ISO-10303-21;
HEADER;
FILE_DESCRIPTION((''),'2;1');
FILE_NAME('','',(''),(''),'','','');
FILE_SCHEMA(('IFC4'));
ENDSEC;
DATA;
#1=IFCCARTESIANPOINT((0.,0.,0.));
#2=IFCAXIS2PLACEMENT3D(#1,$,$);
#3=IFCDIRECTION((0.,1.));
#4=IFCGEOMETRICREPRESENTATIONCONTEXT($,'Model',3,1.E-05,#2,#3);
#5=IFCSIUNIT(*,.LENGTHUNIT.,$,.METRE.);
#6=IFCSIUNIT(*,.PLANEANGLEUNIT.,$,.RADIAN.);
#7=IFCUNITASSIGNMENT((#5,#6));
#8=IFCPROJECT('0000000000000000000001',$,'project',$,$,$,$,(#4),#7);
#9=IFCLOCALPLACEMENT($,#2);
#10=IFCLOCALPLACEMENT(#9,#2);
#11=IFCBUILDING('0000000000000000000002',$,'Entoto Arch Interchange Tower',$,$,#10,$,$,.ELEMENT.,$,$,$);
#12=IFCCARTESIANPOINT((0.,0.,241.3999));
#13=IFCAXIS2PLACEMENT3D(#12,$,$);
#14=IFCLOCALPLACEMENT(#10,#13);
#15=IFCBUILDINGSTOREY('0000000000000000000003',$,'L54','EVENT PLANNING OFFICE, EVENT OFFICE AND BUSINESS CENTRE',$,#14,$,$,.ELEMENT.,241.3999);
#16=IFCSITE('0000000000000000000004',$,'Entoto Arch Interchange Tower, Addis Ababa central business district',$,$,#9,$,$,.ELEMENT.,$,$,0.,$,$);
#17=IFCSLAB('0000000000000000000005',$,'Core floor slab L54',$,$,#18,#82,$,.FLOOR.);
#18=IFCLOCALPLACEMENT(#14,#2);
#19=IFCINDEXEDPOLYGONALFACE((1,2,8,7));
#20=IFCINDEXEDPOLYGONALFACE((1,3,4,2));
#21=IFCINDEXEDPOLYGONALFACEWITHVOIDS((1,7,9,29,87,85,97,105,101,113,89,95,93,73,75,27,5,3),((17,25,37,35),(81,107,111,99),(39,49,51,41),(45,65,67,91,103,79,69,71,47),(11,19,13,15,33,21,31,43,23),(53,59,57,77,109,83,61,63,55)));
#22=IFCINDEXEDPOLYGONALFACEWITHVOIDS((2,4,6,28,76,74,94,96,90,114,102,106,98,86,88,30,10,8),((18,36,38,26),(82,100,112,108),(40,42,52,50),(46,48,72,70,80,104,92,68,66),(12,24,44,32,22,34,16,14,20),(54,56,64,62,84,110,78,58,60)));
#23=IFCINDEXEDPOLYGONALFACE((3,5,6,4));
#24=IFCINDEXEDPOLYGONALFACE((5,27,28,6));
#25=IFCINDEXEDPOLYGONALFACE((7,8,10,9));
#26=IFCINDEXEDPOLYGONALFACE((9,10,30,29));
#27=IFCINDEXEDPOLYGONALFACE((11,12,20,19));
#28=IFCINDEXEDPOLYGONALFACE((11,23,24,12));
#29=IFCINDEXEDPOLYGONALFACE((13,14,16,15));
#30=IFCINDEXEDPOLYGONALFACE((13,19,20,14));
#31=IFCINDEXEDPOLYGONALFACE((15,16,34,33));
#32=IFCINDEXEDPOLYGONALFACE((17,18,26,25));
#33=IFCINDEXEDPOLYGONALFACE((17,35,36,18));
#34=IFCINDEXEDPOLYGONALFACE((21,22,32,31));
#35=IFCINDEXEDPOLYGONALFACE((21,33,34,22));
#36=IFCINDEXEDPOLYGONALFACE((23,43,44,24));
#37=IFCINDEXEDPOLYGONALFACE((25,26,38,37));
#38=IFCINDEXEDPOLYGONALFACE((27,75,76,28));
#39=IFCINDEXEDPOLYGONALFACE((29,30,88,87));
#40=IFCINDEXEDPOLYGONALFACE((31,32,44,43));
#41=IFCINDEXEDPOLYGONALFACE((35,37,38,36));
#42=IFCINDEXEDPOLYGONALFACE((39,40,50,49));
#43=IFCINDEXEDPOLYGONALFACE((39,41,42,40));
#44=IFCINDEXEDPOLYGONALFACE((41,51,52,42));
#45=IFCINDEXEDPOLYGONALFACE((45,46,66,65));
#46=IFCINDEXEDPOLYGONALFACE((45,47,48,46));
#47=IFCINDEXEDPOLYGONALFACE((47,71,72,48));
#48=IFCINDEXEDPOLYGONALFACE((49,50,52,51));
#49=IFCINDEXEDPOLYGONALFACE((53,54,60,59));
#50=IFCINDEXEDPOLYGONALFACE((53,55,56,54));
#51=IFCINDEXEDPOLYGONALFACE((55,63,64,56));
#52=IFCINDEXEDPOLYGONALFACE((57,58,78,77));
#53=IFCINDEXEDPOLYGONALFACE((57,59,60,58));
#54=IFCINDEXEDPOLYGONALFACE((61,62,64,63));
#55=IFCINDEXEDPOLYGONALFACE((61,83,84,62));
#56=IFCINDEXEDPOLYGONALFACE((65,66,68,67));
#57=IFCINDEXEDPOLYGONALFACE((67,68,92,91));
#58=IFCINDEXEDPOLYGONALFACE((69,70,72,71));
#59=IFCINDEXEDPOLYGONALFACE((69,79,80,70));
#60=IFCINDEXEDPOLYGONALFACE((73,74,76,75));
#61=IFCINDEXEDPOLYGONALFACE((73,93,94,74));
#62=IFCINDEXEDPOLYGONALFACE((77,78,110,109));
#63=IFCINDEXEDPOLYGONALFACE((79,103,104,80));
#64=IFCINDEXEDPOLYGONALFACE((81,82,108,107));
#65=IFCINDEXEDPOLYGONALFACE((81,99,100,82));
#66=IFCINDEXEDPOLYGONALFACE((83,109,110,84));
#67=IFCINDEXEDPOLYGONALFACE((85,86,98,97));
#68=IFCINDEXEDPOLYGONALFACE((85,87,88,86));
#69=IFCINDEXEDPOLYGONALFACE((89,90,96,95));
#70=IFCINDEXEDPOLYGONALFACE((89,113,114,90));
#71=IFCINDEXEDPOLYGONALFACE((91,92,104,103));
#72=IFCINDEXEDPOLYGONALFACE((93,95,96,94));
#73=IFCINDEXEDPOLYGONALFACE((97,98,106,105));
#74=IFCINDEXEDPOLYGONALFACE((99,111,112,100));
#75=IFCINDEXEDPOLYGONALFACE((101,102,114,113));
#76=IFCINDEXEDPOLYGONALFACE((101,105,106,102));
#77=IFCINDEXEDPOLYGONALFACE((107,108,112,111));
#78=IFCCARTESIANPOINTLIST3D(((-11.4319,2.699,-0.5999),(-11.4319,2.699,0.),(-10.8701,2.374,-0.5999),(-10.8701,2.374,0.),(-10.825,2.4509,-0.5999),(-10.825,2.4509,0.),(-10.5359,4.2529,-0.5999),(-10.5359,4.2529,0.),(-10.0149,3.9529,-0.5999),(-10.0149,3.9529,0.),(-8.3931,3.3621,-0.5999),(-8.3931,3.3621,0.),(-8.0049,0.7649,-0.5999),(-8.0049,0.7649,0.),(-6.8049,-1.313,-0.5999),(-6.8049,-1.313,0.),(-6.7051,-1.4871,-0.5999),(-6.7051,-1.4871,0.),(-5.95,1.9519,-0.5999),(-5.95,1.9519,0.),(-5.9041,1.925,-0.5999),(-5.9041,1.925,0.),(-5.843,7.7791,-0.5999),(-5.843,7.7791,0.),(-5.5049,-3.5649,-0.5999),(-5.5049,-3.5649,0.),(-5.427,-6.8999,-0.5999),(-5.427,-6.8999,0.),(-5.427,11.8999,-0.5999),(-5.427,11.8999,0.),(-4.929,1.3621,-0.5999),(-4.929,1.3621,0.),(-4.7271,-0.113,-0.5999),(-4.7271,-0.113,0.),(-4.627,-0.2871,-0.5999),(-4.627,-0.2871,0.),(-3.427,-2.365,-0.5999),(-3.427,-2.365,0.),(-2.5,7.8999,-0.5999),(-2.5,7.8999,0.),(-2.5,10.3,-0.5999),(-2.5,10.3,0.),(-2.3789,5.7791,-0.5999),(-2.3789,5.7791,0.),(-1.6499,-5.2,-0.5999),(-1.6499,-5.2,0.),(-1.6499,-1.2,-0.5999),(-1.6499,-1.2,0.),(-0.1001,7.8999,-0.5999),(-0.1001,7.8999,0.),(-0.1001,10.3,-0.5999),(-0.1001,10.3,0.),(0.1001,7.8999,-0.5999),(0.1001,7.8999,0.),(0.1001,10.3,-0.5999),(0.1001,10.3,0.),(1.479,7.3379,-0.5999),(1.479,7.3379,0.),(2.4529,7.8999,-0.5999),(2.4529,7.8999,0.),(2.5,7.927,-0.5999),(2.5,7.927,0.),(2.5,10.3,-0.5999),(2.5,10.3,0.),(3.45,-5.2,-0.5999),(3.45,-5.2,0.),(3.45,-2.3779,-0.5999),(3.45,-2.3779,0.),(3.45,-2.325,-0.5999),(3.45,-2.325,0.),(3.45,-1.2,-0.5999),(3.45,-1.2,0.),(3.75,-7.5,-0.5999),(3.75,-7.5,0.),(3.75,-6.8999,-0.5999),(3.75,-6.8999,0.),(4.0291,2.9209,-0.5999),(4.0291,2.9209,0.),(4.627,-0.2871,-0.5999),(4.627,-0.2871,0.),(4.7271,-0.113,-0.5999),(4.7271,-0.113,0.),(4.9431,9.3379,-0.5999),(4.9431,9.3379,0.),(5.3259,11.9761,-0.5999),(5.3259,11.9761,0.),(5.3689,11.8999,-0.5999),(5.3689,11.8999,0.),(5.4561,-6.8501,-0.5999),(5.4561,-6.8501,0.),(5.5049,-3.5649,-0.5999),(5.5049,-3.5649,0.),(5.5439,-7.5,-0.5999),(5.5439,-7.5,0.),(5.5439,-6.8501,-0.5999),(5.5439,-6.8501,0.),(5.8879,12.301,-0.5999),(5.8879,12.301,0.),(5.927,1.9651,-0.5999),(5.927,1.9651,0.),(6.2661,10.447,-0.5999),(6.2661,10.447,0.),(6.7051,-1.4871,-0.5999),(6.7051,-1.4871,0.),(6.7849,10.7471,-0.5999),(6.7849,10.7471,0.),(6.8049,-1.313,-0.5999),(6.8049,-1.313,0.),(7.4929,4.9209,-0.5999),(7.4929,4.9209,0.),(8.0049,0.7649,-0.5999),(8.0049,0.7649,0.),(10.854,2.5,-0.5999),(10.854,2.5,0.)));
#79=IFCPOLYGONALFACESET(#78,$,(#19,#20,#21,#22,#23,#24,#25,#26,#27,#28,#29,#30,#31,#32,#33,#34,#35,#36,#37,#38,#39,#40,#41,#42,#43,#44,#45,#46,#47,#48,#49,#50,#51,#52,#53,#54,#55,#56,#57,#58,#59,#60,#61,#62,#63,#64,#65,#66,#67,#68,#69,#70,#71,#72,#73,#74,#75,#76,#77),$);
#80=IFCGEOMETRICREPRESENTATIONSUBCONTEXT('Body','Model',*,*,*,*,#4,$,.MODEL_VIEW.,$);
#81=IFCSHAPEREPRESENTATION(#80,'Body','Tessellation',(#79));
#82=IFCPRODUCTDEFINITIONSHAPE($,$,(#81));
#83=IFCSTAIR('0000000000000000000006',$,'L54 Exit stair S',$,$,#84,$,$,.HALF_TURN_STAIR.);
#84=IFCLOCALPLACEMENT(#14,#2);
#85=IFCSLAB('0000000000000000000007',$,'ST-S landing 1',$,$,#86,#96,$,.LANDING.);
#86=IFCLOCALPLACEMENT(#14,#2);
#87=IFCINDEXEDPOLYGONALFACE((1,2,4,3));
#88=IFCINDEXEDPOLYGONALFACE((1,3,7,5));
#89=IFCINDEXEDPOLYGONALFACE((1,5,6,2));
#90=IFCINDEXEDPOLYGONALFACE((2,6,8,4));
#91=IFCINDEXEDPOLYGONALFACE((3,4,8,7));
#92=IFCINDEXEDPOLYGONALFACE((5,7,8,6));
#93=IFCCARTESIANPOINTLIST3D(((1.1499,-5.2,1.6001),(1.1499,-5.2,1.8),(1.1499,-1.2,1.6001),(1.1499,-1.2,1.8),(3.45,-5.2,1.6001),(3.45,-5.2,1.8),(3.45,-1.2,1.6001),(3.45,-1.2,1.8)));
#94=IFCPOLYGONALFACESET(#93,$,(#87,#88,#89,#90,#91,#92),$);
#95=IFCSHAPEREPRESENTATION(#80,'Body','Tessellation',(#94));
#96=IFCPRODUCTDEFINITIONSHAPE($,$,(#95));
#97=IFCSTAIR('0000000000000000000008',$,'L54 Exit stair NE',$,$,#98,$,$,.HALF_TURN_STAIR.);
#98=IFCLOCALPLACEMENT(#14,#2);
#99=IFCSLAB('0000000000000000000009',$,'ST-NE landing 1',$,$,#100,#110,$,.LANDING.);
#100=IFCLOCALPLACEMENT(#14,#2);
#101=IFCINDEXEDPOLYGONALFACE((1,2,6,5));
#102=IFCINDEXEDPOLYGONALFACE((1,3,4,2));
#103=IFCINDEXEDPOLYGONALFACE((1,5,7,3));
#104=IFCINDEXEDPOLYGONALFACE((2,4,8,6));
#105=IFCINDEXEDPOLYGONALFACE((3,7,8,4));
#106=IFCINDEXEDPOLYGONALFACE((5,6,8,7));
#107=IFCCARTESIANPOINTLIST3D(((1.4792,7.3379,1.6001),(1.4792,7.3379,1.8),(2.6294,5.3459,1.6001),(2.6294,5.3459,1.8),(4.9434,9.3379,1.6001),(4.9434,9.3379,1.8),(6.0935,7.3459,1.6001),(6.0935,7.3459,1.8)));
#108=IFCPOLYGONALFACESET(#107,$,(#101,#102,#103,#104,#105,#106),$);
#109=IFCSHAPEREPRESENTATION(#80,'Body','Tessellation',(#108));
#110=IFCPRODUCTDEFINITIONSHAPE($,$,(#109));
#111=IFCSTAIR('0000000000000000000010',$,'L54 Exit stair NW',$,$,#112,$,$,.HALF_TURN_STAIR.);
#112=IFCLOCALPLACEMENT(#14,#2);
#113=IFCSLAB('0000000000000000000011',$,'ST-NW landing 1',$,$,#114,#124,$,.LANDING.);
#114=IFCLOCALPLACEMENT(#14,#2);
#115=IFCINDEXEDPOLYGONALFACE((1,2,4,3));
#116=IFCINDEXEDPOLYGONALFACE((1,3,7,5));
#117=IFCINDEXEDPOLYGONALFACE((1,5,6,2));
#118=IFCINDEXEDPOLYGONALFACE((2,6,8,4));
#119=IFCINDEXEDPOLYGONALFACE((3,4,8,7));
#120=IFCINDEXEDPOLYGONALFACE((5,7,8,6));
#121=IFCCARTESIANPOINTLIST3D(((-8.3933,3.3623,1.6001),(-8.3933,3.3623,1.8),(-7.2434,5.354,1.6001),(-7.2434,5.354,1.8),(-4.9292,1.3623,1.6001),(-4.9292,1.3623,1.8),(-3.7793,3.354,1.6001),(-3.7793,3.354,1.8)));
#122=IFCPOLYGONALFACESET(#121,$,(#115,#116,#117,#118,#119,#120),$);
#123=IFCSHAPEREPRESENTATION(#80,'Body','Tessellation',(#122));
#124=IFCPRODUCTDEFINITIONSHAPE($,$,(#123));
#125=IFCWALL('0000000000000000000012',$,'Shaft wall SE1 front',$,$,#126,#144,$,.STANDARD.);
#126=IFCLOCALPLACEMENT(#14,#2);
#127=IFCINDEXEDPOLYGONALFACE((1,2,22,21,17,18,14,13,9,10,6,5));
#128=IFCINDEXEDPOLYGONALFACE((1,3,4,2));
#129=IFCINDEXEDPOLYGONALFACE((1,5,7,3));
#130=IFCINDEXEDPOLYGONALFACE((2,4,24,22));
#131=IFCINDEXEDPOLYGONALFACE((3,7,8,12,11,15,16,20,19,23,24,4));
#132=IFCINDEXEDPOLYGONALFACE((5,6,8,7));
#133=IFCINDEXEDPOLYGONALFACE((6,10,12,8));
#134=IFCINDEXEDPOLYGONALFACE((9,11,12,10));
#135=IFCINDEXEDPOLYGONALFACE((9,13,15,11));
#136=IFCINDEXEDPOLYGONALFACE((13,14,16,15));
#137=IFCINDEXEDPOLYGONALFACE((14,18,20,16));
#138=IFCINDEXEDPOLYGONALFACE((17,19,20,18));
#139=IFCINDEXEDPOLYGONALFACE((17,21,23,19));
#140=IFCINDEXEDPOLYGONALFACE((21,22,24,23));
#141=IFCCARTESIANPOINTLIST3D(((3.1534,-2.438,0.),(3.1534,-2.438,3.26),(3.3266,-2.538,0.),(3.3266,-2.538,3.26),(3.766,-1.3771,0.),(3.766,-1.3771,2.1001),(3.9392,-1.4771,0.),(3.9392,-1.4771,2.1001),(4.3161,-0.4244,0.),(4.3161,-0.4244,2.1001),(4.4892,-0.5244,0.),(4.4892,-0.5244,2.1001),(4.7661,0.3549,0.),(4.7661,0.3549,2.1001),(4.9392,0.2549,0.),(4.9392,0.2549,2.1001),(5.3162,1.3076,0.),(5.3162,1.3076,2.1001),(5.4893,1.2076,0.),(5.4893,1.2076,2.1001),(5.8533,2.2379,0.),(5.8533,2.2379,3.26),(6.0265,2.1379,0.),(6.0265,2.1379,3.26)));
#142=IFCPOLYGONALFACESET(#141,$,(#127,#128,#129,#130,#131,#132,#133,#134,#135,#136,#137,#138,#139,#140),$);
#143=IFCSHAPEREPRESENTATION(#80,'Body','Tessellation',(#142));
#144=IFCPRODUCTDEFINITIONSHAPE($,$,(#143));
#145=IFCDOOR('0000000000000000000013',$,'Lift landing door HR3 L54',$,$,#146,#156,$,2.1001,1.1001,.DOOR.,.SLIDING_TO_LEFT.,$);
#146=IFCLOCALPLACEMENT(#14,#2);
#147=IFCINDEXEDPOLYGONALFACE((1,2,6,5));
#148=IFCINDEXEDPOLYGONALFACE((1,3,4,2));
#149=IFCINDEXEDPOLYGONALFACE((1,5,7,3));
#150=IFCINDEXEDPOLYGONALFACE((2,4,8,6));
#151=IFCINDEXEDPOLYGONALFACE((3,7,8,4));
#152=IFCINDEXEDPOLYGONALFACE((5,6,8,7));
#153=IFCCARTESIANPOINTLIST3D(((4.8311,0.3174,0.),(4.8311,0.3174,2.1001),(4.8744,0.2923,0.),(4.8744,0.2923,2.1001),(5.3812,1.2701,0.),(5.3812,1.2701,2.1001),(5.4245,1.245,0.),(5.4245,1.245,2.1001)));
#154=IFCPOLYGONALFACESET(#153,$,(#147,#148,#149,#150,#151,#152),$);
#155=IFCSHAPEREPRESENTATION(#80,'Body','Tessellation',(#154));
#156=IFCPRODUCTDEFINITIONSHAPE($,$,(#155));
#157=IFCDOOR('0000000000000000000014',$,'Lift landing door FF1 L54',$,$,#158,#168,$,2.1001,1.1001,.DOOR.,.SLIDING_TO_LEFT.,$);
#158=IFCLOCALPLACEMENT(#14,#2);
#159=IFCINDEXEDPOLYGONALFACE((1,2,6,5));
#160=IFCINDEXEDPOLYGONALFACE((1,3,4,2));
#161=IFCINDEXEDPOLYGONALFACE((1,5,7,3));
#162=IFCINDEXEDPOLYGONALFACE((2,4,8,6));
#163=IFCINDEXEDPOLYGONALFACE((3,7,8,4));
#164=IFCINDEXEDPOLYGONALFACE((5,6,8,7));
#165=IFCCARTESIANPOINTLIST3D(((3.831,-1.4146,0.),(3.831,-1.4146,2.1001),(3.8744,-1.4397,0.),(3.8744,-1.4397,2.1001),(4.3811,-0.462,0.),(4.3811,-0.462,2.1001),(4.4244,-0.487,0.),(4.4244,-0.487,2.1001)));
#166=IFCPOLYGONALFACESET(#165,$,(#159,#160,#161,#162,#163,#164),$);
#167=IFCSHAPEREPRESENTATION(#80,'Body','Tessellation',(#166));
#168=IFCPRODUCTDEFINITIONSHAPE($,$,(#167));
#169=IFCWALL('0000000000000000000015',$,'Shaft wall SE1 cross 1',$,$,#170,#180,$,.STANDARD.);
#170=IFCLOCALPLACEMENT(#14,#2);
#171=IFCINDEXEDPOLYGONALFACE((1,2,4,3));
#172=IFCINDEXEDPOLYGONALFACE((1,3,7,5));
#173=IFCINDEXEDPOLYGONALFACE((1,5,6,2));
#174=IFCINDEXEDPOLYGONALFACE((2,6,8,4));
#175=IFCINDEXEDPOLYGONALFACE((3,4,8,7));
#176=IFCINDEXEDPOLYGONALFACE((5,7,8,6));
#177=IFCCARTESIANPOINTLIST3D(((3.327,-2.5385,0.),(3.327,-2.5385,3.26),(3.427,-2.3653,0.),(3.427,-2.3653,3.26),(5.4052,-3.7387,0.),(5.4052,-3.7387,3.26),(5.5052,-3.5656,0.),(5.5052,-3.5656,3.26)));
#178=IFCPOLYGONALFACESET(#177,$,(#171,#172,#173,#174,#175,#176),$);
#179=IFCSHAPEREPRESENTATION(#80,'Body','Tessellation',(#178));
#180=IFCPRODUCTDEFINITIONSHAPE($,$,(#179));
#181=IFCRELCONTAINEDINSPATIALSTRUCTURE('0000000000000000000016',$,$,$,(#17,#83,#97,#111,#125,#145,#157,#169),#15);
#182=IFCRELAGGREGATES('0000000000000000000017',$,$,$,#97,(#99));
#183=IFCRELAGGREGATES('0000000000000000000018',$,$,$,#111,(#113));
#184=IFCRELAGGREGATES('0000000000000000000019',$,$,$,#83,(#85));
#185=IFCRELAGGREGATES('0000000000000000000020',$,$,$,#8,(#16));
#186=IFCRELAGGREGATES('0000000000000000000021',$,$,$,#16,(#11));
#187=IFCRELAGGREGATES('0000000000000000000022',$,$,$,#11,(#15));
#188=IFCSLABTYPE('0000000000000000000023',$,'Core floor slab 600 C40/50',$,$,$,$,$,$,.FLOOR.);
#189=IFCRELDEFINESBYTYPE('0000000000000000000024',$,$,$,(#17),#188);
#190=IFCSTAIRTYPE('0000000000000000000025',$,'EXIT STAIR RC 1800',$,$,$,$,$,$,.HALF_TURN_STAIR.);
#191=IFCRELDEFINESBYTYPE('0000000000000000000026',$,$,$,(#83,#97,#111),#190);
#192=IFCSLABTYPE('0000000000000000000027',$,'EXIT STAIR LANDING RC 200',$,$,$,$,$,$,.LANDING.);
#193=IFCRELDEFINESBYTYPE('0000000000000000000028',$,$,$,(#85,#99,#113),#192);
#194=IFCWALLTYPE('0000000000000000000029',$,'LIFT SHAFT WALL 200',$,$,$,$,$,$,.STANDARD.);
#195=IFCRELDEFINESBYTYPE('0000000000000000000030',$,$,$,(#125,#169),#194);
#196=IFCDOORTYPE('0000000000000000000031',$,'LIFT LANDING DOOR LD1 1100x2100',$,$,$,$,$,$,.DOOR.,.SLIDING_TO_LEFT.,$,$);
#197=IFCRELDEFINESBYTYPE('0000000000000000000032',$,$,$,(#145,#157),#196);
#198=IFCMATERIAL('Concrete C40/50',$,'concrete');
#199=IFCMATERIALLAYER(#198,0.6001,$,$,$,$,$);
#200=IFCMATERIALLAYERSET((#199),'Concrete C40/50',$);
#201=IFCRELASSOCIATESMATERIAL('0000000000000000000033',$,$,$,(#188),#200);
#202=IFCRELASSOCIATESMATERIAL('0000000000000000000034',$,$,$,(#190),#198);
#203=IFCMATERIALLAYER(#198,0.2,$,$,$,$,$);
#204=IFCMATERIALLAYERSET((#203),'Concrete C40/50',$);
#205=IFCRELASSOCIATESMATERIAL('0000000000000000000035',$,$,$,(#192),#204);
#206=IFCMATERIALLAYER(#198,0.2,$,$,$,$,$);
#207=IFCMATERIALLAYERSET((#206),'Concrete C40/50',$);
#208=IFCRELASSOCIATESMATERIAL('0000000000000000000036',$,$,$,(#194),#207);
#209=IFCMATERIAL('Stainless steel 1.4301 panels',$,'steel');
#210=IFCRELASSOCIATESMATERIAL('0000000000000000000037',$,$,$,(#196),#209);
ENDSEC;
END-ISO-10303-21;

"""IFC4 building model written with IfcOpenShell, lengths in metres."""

from ifc_helpers import new_model, si_unit, direction, frame, frame_2d, origin, place, context, subcontext, project, spatial, polyline, rectangle, outline, extrude, material, layer, layer_set, type_object, element, fill, aggregate, save


model = new_model("IFC4")

# Units and contexts
model_context = context("Model", 3, precision=1e-05, world=origin(), true_north=direction((0.0, 1.0)))
body_context = subcontext(model_context, "Body", "Model", "MODEL_VIEW")
ifc_project = project(units=[si_unit("LENGTHUNIT", "METRE"), si_unit("PLANEANGLEUNIT", "RADIAN")], contexts=[model_context])

# Site, building, storey
site_placement = place(None, origin())
site = spatial("IfcSite", under=ifc_project, at=site_placement, Name="Entoto Arch Interchange Tower, Addis Ababa central business district", CompositionType="ELEMENT", RefElevation=0.0)
building_placement = place(site_placement, origin())
building = spatial("IfcBuilding", under=site, at=building_placement, Name="Entoto Arch Interchange Tower", CompositionType="ELEMENT")
storey_placement = place(building_placement, frame((0.0, 0.0, 241.3999)))
storey = spatial("IfcBuildingStorey", under=building, at=storey_placement, Name="L54", Description="EVENT PLANNING OFFICE, EVENT OFFICE AND BUSINESS CENTRE", CompositionType="ELEMENT", Elevation=241.3999)

# Slab
ifc_material_1 = material(Name="Concrete C40/50", Category="concrete")
ifc_layer_1 = layer(ifc_material_1, 0.6001)
ifc_layer_set_1 = layer_set([ifc_layer_1], Name="Concrete C40/50")
slab_type_1 = type_object("IfcSlabType", Name="Core floor slab 600 C40/50", PredefinedType="FLOOR", material=ifc_layer_set_1)
slab_1_placement = place(storey_placement, frame((0.0, 0.0, -0.5999)))
element("IfcSlab", 1, at=slab_1_placement, inside=storey, type_object=slab_type_1, Name="Core floor slab L54", PredefinedType="FLOOR", context=body_context, shape_type="SweptSolid", body=[
    extrude(outline(polyline([(-10.825, 2.4509), (-10.8701, 2.374), (-11.4319, 2.699), (-10.5359, 4.2529), (-10.0149, 3.9529), (-5.427, 11.8999), (5.3689, 11.8999), (5.3259, 11.9761), (5.8879, 12.301), (6.7849, 10.7471), (6.2661, 10.447), (10.854, 2.5), (5.4561, -6.8501), (5.5439, -6.8501), (5.5439, -7.5), (3.75, -7.5), (3.75, -6.8999), (-5.427, -6.8999), (-10.825, 2.4509)]), holes=[polyline([(-1.6499, -5.2), (3.45, -5.2), (3.45, -2.3779), (5.5049, -3.5649), (6.7051, -1.4871), (4.627, -0.2871), (3.45, -2.325), (3.45, -1.2), (-1.6499, -1.2), (-1.6499, -5.2)]), polyline([(-4.627, -0.2871), (-6.7051, -1.4871), (-5.5049, -3.5649), (-3.427, -2.365), (-4.627, -0.2871)]), polyline([(-5.9041, 1.925), (-4.929, 1.3621), (-2.3789, 5.7791), (-5.843, 7.7791), (-8.3931, 3.3621), (-5.95, 1.9519), (-8.0049, 0.7649), (-6.8049, -1.313), (-4.7271, -0.113), (-5.9041, 1.925)]), polyline([(4.7271, -0.113), (6.8049, -1.313), (8.0049, 0.7649), (5.927, 1.9651), (4.7271, -0.113)]), polyline([(2.5, 7.927), (2.5, 10.3), (0.1001, 10.3), (0.1001, 7.8999), (2.4529, 7.8999), (1.479, 7.3379), (4.0291, 2.9209), (7.4929, 4.9209), (4.9431, 9.3379), (2.5, 7.927)]), polyline([(-2.5, 7.8999), (-0.1001, 7.8999), (-0.1001, 10.3), (-2.5, 10.3), (-2.5, 7.8999)])]), origin(), (0.0, 0.0, 1.0), 0.5999),
])

# Stairs, slabs
stair_type = type_object("IfcStairType", Name="EXIT STAIR RC 1800", PredefinedType="HALF_TURN_STAIR", material=ifc_material_1)
stair_1_placement = place(storey_placement, origin())
stair_1 = element("IfcStair", 2, at=stair_1_placement, inside=storey, type_object=stair_type, Name="L54 Exit stair S", PredefinedType="HALF_TURN_STAIR")
ifc_layer_2 = layer(ifc_material_1, 0.2)
ifc_layer_set_2 = layer_set([ifc_layer_2], Name="Concrete C40/50")
slab_type_2 = type_object("IfcSlabType", Name="EXIT STAIR LANDING RC 200", PredefinedType="LANDING", material=ifc_layer_set_2)
slab_2_placement = place(storey_placement, frame((0.0, 0.0, 1.6001)))
slab_2 = element("IfcSlab", 3, at=slab_2_placement, type_object=slab_type_2, Name="ST-S landing 1", PredefinedType="LANDING", context=body_context, shape_type="SweptSolid", body=[
    extrude(outline(polyline([(1.1499, -5.2), (3.45, -5.2), (3.45, -1.2), (1.1499, -1.2), (1.1499, -5.2)])), origin(), (0.0, 0.0, 1.0), 0.2),
])
stair_2_placement = place(storey_placement, origin())
stair_2 = element("IfcStair", 4, at=stair_2_placement, inside=storey, type_object=stair_type, Name="L54 Exit stair NE", PredefinedType="HALF_TURN_STAIR")
slab_3_placement = place(storey_placement, frame((0.0, 0.0, 1.6001)))
slab_3 = element("IfcSlab", 5, at=slab_3_placement, type_object=slab_type_2, Name="ST-NE landing 1", PredefinedType="LANDING", context=body_context, shape_type="SweptSolid", body=[
    extrude(outline(polyline([(6.0935, 7.3459), (4.9434, 9.3379), (1.4792, 7.3379), (2.6294, 5.3459), (6.0935, 7.3459)])), origin(), (0.0, 0.0, 1.0), 0.2),
])
aggregate(stair_2, [slab_3])
stair_3_placement = place(storey_placement, origin())
stair_3 = element("IfcStair", 6, at=stair_3_placement, inside=storey, type_object=stair_type, Name="L54 Exit stair NW", PredefinedType="HALF_TURN_STAIR")
slab_4_placement = place(storey_placement, frame((0.0, 0.0, 1.6001)))
slab_4 = element("IfcSlab", 7, at=slab_4_placement, type_object=slab_type_2, Name="ST-NW landing 1", PredefinedType="LANDING", context=body_context, shape_type="SweptSolid", body=[
    extrude(outline(polyline([(-7.2434, 5.354), (-8.3933, 3.3623), (-4.9292, 1.3623), (-3.7793, 3.354), (-7.2434, 5.354)])), origin(), (0.0, 0.0, 1.0), 0.2),
])
aggregate(stair_3, [slab_4])

# Wall, openings, doors
ifc_layer_3 = layer(ifc_material_1, 0.2)
ifc_layer_set_3 = layer_set([ifc_layer_3], Name="Concrete C40/50")
wall_type_1 = type_object("IfcWallType", Name="LIFT SHAFT WALL 200", PredefinedType="STANDARD", material=ifc_layer_set_3)
wall_1_placement = place(storey_placement, frame((3.24, -2.488, 0.0), z_axis=(0.0, 0.0, 1.0), x_axis=(0.500034, 0.866006, 0.0)))
wall_1 = element("IfcWall", 8, at=wall_1_placement, inside=storey, type_object=wall_type_1, Name="Shaft wall SE1 front", PredefinedType="STANDARD", context=body_context, shape_type="SweptSolid", body=[
    extrude(rectangle(XDim=5.3994, YDim=0.2, at=frame_2d((2.6997, 0.0))), origin(), (0.0, 0.0, 1.0), 3.26),
])
opening_1_placement = place(wall_1_placement, frame((3.2251, 0.0, 0.0)))
opening_1 = element("IfcOpeningElement", 9, at=opening_1_placement, cuts=wall_1, PredefinedType="OPENING", context=body_context, shape_type="SweptSolid", body=[
    extrude(rectangle(XDim=1.1001, YDim=2.1001, at=frame_2d((0.55, 1.05))), frame((0.0, 0.1099, 0.0), z_axis=(0.0, -1.0, 0.0), x_axis=(1.0, 0.0, 0.0)), (0.0, 0.0, 1.0), 0.22),
])
opening_2_placement = place(wall_1_placement, frame((1.2251, 0.0, 0.0)))
opening_2 = element("IfcOpeningElement", 10, at=opening_2_placement, cuts=wall_1, PredefinedType="OPENING", context=body_context, shape_type="SweptSolid", body=[
    extrude(rectangle(XDim=1.1001, YDim=2.1001, at=frame_2d((0.55, 1.05))), frame((0.0, 0.1099, 0.0), z_axis=(0.0, -1.0, 0.0), x_axis=(1.0, 0.0, 0.0)), (0.0, 0.0, 1.0), 0.22),
])
ifc_material_2 = material(Name="Stainless steel 1.4301 panels", Category="steel")
door_type_1 = type_object("IfcDoorType", Name="LIFT LANDING DOOR LD1 1100x2100", OperationType="SLIDING_TO_LEFT", PredefinedType="DOOR", material=ifc_material_2)
door_1_placement = place(opening_1_placement, origin())
door_1 = element("IfcDoor", 11, at=door_1_placement, inside=storey, type_object=door_type_1, Name="Lift landing door HR3 L54", OperationType="SLIDING_TO_LEFT", OverallHeight=2.1001, OverallWidth=1.1001, PredefinedType="DOOR", context=body_context, shape_type="SweptSolid", body=[
    extrude(rectangle(XDim=1.1001, YDim=2.1001, at=frame_2d((0.55, 1.05))), frame((0.0, 0.0249, 0.0), z_axis=(0.0, -1.0, 0.0), x_axis=(1.0, 0.0, 0.0)), (0.0, 0.0, 1.0), 0.05),
])
fill(opening_1, door_1)
door_2_placement = place(opening_2_placement, origin())
door_2 = element("IfcDoor", 12, at=door_2_placement, inside=storey, type_object=door_type_1, Name="Lift landing door FF1 L54", OperationType="SLIDING_TO_LEFT", OverallHeight=2.1001, OverallWidth=1.1001, PredefinedType="DOOR", context=body_context, shape_type="SweptSolid", body=[
    extrude(rectangle(XDim=1.1001, YDim=2.1001, at=frame_2d((0.55, 1.05))), frame((0.0, 0.0249, 0.0), z_axis=(0.0, -1.0, 0.0), x_axis=(1.0, 0.0, 0.0)), (0.0, 0.0, 1.0), 0.05),
])
fill(opening_2, door_2)

# Wall
wall_2_placement = place(storey_placement, frame((3.377, -2.4519, 0.0), z_axis=(0.0, 0.0, 1.0), x_axis=(0.865955, -0.500122, 0.0)))
element("IfcWall", 13, at=wall_2_placement, inside=storey, type_object=wall_type_1, Name="Shaft wall SE1 cross 1", PredefinedType="STANDARD", context=body_context, shape_type="SweptSolid", body=[
    extrude(rectangle(XDim=2.3999, YDim=0.2, at=frame_2d((1.2, 0.0))), origin(), (0.0, 0.0, 1.0), 3.26),
])

aggregate(stair_1, [slab_2])

save(model, "model.ifc")
